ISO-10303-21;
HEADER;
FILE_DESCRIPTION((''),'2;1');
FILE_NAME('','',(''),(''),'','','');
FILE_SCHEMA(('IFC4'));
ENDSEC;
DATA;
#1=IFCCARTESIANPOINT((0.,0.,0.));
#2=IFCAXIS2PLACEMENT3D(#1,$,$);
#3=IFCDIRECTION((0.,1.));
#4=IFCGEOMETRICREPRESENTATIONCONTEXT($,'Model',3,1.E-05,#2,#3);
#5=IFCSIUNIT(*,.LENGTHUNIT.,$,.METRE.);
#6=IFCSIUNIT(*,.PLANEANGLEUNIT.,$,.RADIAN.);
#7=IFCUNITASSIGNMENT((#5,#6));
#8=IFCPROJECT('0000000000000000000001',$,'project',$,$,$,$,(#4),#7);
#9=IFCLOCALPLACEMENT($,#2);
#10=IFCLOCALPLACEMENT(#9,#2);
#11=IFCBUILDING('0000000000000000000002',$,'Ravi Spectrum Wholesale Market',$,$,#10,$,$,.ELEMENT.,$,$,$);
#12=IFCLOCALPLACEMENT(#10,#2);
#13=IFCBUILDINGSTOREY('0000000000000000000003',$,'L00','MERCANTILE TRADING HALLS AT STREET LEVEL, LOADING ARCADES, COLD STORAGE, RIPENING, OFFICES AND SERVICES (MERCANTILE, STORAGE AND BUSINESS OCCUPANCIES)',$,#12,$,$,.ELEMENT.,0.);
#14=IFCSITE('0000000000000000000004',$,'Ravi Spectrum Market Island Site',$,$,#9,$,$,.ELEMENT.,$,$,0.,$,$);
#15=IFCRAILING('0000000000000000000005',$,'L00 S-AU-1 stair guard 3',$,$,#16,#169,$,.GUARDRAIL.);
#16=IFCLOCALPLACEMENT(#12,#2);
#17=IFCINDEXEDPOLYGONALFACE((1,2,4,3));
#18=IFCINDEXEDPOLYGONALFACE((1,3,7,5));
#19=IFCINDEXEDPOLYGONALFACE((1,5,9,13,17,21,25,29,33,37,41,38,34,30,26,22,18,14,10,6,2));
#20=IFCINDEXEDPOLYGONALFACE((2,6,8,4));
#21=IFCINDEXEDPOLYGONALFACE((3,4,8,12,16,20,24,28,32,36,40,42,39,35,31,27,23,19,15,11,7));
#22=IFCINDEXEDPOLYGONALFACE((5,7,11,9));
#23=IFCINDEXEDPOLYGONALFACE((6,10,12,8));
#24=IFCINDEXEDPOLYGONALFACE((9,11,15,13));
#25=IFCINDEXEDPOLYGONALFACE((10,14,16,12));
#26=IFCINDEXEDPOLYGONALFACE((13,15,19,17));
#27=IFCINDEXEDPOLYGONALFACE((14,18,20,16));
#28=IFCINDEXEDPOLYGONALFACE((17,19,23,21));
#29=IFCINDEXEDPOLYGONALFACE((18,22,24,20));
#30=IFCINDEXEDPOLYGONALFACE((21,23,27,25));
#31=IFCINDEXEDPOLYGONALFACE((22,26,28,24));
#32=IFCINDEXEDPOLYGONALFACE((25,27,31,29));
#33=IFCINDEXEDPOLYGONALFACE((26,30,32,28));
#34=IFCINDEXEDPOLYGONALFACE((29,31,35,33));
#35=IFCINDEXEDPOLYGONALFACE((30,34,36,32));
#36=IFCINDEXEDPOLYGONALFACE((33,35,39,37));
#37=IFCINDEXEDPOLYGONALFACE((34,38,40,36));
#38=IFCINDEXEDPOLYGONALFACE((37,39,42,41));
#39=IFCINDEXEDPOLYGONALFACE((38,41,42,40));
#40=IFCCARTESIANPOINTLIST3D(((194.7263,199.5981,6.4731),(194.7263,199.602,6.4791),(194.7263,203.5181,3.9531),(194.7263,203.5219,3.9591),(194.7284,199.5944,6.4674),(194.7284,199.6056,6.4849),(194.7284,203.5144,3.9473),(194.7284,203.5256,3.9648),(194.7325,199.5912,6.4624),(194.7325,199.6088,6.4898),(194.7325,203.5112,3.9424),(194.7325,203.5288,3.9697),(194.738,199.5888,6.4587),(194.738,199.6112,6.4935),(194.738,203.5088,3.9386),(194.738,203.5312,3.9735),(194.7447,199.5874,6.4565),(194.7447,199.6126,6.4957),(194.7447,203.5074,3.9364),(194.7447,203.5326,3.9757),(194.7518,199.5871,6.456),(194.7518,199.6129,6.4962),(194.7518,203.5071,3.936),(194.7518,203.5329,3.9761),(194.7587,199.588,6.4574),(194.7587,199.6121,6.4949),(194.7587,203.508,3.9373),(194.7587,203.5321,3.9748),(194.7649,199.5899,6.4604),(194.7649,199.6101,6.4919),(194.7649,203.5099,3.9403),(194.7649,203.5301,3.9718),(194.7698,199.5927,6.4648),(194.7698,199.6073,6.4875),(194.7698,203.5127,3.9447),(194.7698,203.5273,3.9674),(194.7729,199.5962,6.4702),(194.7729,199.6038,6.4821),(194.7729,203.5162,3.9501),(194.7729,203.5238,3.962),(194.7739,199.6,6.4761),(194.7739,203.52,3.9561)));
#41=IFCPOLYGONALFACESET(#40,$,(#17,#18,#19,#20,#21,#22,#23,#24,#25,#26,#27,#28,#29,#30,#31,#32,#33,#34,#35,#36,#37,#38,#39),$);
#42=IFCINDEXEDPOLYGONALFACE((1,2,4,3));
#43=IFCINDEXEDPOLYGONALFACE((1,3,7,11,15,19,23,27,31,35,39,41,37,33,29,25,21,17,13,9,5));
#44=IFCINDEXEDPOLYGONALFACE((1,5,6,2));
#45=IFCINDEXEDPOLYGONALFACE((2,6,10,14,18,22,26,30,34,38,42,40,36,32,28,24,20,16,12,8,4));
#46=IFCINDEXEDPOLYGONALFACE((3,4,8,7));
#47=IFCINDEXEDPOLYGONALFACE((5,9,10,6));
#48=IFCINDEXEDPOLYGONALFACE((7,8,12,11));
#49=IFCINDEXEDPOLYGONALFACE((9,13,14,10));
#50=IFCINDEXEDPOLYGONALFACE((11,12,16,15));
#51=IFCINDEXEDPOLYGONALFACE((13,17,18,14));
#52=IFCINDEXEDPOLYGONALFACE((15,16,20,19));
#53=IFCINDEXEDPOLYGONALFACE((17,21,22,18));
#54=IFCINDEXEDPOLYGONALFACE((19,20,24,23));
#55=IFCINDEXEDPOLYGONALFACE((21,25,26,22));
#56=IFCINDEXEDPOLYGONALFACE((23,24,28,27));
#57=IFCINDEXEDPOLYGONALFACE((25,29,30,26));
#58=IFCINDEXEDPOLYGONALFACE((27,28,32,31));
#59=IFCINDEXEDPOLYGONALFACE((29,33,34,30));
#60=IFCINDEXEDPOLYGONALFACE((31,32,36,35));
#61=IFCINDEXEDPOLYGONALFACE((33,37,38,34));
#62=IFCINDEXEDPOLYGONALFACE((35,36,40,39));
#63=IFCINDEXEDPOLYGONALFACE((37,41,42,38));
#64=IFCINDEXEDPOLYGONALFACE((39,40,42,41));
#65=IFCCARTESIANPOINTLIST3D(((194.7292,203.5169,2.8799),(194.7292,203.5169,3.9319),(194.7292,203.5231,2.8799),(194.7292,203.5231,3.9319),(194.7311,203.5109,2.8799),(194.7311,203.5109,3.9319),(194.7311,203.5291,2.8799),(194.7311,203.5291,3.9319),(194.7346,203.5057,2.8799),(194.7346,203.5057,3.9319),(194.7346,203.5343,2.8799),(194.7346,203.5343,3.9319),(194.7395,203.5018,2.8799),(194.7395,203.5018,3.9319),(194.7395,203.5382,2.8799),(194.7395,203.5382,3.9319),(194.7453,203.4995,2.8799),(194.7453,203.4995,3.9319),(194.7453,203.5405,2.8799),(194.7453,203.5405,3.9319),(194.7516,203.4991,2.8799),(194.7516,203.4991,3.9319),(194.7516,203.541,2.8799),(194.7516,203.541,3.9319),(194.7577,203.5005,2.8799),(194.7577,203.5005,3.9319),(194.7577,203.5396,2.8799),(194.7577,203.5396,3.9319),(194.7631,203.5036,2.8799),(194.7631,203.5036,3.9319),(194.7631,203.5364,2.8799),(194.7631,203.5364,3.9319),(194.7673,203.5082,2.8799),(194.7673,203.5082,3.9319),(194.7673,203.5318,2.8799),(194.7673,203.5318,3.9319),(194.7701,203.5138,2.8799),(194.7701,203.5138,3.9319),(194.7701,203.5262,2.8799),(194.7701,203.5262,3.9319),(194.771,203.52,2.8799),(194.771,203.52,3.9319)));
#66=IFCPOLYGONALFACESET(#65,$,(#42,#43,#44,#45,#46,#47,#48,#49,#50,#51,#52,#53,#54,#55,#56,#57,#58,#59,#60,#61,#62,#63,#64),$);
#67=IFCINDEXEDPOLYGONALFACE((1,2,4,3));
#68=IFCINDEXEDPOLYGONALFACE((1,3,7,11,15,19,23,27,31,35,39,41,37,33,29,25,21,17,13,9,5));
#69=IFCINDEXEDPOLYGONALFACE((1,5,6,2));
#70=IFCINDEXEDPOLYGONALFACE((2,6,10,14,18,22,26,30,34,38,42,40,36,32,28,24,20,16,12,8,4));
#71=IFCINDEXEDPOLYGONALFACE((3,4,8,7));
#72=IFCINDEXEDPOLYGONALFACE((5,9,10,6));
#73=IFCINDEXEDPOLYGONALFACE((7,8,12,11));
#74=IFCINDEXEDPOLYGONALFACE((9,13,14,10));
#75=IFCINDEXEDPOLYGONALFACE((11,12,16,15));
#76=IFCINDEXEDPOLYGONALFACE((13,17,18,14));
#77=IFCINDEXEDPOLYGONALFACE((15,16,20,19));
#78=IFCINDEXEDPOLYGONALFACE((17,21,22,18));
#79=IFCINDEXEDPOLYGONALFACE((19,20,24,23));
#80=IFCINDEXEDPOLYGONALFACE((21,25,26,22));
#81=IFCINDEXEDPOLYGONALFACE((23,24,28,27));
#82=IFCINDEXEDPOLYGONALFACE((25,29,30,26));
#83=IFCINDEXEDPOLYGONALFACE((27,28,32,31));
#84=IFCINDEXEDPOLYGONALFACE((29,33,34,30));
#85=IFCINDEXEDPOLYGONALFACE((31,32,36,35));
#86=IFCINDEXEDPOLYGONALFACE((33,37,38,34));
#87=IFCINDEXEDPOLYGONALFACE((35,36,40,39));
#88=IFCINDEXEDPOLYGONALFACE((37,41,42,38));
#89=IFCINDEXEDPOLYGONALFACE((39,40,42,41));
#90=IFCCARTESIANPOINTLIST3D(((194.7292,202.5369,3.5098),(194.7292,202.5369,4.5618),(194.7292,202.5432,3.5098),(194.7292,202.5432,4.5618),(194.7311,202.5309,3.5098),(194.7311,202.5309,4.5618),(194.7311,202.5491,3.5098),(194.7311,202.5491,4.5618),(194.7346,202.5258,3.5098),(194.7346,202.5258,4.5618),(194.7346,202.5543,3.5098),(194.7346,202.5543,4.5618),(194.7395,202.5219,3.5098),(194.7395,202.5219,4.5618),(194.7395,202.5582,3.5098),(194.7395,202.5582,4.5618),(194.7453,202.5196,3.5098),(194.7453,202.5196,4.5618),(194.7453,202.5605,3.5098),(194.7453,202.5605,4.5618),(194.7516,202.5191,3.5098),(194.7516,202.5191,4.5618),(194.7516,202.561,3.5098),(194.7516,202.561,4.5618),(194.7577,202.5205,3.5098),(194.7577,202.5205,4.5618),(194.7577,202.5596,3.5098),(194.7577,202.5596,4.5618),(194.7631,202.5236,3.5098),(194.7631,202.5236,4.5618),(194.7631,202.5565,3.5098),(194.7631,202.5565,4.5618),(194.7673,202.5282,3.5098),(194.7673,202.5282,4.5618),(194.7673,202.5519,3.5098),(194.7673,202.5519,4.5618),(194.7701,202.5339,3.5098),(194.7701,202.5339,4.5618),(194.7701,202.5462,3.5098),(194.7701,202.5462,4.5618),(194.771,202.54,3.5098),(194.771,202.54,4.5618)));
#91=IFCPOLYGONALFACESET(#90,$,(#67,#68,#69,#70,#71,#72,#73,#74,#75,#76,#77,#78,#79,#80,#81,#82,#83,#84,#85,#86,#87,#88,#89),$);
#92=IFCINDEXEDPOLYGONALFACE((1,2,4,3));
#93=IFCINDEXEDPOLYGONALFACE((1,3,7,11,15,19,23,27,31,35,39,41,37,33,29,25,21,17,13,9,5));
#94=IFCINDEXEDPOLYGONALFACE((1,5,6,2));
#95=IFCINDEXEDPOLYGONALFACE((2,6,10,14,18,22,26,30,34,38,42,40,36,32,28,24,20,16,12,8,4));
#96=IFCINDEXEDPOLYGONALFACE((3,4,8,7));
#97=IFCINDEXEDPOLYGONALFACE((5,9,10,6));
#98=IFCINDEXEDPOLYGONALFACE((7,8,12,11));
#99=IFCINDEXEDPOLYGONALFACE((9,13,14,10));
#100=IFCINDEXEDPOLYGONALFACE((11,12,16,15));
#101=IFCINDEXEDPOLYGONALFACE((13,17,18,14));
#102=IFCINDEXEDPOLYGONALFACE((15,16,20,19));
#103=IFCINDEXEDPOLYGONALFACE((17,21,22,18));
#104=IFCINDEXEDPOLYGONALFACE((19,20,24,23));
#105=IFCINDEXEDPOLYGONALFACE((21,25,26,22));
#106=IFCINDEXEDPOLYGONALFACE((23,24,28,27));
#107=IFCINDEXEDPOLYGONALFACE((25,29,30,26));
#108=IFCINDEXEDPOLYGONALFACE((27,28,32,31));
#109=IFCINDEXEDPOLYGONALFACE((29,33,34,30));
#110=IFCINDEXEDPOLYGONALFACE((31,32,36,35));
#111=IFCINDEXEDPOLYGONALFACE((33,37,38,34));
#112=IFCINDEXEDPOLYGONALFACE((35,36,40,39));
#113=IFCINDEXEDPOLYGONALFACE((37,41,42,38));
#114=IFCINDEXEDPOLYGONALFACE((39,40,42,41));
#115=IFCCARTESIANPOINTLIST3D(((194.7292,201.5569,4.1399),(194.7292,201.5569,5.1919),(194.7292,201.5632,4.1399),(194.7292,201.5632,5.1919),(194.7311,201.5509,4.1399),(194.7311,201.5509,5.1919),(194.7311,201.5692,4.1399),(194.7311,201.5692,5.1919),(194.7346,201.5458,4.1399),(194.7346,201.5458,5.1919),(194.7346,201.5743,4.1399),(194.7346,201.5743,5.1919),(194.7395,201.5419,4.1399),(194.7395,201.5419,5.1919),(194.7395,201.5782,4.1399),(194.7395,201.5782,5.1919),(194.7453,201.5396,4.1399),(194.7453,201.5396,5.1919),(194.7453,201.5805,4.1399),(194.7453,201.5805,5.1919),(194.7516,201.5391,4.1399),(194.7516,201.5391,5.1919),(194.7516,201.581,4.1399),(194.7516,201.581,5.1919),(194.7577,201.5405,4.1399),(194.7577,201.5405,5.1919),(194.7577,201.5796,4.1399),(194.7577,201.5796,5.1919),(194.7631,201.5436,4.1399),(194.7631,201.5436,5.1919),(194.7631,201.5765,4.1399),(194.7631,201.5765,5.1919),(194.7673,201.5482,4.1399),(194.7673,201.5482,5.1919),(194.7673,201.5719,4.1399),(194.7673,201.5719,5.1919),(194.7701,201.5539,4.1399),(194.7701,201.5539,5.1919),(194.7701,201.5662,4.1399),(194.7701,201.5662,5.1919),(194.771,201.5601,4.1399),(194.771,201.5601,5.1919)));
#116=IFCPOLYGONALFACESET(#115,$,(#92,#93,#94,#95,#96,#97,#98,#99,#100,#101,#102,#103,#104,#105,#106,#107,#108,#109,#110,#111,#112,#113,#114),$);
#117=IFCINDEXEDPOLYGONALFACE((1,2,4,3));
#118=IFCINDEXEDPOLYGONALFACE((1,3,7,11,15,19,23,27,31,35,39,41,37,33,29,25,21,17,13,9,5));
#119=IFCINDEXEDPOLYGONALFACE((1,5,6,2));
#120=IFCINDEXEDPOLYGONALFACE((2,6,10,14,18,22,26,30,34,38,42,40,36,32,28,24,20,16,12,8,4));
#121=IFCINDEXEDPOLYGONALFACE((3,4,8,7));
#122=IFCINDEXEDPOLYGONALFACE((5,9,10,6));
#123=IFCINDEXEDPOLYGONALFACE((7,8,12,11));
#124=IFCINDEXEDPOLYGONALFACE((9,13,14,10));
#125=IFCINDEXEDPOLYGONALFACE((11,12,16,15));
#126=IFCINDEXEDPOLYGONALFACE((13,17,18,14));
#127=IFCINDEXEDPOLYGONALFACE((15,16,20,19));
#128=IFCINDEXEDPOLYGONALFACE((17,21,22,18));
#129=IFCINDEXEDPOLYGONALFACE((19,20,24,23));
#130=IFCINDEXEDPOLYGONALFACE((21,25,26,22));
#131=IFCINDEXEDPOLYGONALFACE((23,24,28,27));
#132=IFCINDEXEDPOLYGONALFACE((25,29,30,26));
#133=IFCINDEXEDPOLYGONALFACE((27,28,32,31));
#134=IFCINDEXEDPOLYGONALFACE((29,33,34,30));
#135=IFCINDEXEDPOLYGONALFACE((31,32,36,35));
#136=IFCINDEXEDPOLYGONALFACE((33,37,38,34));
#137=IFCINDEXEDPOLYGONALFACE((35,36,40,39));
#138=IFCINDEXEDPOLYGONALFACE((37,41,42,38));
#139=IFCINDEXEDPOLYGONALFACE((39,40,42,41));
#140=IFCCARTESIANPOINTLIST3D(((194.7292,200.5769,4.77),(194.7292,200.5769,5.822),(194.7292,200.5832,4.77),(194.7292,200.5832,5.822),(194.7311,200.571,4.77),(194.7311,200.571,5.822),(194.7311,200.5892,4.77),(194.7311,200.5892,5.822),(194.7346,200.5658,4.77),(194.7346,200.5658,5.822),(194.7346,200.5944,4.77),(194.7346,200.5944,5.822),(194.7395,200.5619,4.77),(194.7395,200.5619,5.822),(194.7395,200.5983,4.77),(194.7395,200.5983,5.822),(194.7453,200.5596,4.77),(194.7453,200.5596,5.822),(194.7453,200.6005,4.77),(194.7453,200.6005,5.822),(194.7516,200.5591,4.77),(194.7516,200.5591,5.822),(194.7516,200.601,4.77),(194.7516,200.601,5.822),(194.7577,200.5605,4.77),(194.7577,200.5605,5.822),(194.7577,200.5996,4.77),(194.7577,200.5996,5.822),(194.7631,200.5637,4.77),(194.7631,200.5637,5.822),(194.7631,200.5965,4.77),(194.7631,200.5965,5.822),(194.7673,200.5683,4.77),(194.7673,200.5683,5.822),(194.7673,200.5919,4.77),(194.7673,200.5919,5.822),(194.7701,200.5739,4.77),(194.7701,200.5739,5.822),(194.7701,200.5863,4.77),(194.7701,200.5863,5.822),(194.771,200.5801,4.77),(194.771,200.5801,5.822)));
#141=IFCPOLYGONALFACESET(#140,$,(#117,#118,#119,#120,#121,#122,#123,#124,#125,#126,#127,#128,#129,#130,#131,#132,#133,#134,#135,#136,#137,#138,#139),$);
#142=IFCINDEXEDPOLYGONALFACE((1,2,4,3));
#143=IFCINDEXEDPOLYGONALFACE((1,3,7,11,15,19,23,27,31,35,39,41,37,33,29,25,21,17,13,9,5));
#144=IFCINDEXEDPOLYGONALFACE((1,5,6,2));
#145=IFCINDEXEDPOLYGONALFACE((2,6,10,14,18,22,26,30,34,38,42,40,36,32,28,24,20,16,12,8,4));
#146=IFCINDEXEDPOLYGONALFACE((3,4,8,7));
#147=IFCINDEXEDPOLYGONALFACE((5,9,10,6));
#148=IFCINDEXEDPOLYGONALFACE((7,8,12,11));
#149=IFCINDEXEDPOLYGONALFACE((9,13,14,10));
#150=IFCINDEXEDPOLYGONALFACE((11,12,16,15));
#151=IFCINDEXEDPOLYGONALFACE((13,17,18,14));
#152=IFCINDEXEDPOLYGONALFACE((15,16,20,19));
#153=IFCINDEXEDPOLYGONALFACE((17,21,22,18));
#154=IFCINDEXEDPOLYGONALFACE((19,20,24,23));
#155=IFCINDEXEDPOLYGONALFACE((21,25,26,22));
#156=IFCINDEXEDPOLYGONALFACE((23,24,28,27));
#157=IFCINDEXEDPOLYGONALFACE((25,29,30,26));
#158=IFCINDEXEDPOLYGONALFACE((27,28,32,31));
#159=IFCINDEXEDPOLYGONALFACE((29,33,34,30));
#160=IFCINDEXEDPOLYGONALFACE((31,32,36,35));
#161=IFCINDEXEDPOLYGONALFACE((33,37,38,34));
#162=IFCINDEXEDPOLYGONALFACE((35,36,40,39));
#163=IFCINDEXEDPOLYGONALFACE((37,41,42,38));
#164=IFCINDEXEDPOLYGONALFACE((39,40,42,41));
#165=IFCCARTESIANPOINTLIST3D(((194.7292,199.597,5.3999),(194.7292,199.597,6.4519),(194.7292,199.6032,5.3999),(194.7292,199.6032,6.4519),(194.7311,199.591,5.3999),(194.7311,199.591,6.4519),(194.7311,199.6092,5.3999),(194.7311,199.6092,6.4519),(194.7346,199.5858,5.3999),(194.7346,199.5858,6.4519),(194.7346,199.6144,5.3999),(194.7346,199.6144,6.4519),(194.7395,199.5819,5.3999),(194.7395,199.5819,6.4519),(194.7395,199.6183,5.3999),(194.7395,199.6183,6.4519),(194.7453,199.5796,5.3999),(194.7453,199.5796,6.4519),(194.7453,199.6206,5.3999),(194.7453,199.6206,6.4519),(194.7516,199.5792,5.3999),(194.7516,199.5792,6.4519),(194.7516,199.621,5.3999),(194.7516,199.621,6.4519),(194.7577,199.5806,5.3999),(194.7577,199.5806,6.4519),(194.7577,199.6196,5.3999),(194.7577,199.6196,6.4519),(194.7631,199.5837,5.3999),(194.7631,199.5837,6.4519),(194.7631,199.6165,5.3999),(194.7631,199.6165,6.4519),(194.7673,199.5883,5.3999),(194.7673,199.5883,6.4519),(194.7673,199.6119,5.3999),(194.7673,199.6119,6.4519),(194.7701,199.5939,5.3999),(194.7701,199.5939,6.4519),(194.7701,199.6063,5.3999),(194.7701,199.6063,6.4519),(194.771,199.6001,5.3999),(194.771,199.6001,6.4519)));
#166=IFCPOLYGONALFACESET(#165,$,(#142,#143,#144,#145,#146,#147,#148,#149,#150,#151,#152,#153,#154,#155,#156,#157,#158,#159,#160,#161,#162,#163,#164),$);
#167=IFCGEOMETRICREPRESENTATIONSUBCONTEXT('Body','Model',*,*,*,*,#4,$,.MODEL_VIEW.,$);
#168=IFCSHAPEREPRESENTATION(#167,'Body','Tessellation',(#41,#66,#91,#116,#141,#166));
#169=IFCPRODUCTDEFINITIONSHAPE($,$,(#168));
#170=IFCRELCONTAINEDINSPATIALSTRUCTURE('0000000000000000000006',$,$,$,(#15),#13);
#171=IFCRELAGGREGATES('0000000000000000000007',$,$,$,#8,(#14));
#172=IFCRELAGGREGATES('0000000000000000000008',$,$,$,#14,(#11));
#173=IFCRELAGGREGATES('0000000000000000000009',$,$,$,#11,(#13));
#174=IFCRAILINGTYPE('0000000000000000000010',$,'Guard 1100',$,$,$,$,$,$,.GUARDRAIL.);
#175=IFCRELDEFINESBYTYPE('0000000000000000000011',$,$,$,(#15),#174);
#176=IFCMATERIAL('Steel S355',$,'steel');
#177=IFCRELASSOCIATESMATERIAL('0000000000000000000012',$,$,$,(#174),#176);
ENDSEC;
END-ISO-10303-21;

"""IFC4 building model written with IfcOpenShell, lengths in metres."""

from ifc_helpers import new_model, si_unit, direction, frame, origin, origin_2d, place, context, subcontext, project, spatial, circle, extrude, material, type_object, element, save


model = new_model("IFC4")

# Units and contexts
model_context = context("Model", 3, precision=1e-05, world=origin(), true_north=direction((0.0, 1.0)))
body_context = subcontext(model_context, "Body", "Model", "MODEL_VIEW")
ifc_project = project(units=[si_unit("LENGTHUNIT", "METRE"), si_unit("PLANEANGLEUNIT", "RADIAN")], contexts=[model_context])

# Site, building, storey
site_placement = place(None, origin())
site = spatial("IfcSite", under=ifc_project, at=site_placement, Name="Ravi Spectrum Market Island Site", CompositionType="ELEMENT", RefElevation=0.0)
building_placement = place(site_placement, origin())
building = spatial("IfcBuilding", under=site, at=building_placement, Name="Ravi Spectrum Wholesale Market", CompositionType="ELEMENT")
storey_placement = place(building_placement, origin())
storey = spatial("IfcBuildingStorey", under=building, at=storey_placement, Name="L00", Description="MERCANTILE TRADING HALLS AT STREET LEVEL, LOADING ARCADES, COLD STORAGE, RIPENING, OFFICES AND SERVICES (MERCANTILE, STORAGE AND BUSINESS OCCUPANCIES)", CompositionType="ELEMENT", Elevation=0.0)

# Railing
ifc_material_1 = material(Name="Steel S355", Category="steel")
railing_type_1 = type_object("IfcRailingType", Name="Guard 1100", PredefinedType="GUARDRAIL", material=ifc_material_1)
railing_1_placement = place(storey_placement, frame((194.75, 203.52, 2.8799)))
element("IfcRailing", 1, at=railing_1_placement, inside=storey, type_object=railing_type_1, Name="L00 S-AU-1 stair guard 3", PredefinedType="GUARDRAIL", context=body_context, shape_type="SweptSolid", body=[
    extrude(circle(Radius=0.0239, at=origin_2d()), frame((0.0, 0.0, 1.0762), z_axis=(0.0, -0.841172, 0.540768), x_axis=(1.0, 0.0, 0.0)), (0.0, 0.0, 1.0), 4.6602),
    extrude(circle(Radius=0.021, at=origin_2d()), origin(), (0.0, 0.0, 1.0), 1.052),
    extrude(circle(Radius=0.021, at=origin_2d()), frame((0.0, -0.98, 0.6299)), (0.0, 0.0, 1.0), 1.052),
    extrude(circle(Radius=0.021, at=origin_2d()), frame((0.0, -1.96, 1.26)), (0.0, 0.0, 1.0), 1.052),
    extrude(circle(Radius=0.021, at=origin_2d()), frame((0.0, -2.9399, 1.8901)), (0.0, 0.0, 1.0), 1.052),
    extrude(circle(Radius=0.021, at=origin_2d()), frame((0.0, -3.9199, 2.52)), (0.0, 0.0, 1.0), 1.052),
])

save(model, "model.ifc")
